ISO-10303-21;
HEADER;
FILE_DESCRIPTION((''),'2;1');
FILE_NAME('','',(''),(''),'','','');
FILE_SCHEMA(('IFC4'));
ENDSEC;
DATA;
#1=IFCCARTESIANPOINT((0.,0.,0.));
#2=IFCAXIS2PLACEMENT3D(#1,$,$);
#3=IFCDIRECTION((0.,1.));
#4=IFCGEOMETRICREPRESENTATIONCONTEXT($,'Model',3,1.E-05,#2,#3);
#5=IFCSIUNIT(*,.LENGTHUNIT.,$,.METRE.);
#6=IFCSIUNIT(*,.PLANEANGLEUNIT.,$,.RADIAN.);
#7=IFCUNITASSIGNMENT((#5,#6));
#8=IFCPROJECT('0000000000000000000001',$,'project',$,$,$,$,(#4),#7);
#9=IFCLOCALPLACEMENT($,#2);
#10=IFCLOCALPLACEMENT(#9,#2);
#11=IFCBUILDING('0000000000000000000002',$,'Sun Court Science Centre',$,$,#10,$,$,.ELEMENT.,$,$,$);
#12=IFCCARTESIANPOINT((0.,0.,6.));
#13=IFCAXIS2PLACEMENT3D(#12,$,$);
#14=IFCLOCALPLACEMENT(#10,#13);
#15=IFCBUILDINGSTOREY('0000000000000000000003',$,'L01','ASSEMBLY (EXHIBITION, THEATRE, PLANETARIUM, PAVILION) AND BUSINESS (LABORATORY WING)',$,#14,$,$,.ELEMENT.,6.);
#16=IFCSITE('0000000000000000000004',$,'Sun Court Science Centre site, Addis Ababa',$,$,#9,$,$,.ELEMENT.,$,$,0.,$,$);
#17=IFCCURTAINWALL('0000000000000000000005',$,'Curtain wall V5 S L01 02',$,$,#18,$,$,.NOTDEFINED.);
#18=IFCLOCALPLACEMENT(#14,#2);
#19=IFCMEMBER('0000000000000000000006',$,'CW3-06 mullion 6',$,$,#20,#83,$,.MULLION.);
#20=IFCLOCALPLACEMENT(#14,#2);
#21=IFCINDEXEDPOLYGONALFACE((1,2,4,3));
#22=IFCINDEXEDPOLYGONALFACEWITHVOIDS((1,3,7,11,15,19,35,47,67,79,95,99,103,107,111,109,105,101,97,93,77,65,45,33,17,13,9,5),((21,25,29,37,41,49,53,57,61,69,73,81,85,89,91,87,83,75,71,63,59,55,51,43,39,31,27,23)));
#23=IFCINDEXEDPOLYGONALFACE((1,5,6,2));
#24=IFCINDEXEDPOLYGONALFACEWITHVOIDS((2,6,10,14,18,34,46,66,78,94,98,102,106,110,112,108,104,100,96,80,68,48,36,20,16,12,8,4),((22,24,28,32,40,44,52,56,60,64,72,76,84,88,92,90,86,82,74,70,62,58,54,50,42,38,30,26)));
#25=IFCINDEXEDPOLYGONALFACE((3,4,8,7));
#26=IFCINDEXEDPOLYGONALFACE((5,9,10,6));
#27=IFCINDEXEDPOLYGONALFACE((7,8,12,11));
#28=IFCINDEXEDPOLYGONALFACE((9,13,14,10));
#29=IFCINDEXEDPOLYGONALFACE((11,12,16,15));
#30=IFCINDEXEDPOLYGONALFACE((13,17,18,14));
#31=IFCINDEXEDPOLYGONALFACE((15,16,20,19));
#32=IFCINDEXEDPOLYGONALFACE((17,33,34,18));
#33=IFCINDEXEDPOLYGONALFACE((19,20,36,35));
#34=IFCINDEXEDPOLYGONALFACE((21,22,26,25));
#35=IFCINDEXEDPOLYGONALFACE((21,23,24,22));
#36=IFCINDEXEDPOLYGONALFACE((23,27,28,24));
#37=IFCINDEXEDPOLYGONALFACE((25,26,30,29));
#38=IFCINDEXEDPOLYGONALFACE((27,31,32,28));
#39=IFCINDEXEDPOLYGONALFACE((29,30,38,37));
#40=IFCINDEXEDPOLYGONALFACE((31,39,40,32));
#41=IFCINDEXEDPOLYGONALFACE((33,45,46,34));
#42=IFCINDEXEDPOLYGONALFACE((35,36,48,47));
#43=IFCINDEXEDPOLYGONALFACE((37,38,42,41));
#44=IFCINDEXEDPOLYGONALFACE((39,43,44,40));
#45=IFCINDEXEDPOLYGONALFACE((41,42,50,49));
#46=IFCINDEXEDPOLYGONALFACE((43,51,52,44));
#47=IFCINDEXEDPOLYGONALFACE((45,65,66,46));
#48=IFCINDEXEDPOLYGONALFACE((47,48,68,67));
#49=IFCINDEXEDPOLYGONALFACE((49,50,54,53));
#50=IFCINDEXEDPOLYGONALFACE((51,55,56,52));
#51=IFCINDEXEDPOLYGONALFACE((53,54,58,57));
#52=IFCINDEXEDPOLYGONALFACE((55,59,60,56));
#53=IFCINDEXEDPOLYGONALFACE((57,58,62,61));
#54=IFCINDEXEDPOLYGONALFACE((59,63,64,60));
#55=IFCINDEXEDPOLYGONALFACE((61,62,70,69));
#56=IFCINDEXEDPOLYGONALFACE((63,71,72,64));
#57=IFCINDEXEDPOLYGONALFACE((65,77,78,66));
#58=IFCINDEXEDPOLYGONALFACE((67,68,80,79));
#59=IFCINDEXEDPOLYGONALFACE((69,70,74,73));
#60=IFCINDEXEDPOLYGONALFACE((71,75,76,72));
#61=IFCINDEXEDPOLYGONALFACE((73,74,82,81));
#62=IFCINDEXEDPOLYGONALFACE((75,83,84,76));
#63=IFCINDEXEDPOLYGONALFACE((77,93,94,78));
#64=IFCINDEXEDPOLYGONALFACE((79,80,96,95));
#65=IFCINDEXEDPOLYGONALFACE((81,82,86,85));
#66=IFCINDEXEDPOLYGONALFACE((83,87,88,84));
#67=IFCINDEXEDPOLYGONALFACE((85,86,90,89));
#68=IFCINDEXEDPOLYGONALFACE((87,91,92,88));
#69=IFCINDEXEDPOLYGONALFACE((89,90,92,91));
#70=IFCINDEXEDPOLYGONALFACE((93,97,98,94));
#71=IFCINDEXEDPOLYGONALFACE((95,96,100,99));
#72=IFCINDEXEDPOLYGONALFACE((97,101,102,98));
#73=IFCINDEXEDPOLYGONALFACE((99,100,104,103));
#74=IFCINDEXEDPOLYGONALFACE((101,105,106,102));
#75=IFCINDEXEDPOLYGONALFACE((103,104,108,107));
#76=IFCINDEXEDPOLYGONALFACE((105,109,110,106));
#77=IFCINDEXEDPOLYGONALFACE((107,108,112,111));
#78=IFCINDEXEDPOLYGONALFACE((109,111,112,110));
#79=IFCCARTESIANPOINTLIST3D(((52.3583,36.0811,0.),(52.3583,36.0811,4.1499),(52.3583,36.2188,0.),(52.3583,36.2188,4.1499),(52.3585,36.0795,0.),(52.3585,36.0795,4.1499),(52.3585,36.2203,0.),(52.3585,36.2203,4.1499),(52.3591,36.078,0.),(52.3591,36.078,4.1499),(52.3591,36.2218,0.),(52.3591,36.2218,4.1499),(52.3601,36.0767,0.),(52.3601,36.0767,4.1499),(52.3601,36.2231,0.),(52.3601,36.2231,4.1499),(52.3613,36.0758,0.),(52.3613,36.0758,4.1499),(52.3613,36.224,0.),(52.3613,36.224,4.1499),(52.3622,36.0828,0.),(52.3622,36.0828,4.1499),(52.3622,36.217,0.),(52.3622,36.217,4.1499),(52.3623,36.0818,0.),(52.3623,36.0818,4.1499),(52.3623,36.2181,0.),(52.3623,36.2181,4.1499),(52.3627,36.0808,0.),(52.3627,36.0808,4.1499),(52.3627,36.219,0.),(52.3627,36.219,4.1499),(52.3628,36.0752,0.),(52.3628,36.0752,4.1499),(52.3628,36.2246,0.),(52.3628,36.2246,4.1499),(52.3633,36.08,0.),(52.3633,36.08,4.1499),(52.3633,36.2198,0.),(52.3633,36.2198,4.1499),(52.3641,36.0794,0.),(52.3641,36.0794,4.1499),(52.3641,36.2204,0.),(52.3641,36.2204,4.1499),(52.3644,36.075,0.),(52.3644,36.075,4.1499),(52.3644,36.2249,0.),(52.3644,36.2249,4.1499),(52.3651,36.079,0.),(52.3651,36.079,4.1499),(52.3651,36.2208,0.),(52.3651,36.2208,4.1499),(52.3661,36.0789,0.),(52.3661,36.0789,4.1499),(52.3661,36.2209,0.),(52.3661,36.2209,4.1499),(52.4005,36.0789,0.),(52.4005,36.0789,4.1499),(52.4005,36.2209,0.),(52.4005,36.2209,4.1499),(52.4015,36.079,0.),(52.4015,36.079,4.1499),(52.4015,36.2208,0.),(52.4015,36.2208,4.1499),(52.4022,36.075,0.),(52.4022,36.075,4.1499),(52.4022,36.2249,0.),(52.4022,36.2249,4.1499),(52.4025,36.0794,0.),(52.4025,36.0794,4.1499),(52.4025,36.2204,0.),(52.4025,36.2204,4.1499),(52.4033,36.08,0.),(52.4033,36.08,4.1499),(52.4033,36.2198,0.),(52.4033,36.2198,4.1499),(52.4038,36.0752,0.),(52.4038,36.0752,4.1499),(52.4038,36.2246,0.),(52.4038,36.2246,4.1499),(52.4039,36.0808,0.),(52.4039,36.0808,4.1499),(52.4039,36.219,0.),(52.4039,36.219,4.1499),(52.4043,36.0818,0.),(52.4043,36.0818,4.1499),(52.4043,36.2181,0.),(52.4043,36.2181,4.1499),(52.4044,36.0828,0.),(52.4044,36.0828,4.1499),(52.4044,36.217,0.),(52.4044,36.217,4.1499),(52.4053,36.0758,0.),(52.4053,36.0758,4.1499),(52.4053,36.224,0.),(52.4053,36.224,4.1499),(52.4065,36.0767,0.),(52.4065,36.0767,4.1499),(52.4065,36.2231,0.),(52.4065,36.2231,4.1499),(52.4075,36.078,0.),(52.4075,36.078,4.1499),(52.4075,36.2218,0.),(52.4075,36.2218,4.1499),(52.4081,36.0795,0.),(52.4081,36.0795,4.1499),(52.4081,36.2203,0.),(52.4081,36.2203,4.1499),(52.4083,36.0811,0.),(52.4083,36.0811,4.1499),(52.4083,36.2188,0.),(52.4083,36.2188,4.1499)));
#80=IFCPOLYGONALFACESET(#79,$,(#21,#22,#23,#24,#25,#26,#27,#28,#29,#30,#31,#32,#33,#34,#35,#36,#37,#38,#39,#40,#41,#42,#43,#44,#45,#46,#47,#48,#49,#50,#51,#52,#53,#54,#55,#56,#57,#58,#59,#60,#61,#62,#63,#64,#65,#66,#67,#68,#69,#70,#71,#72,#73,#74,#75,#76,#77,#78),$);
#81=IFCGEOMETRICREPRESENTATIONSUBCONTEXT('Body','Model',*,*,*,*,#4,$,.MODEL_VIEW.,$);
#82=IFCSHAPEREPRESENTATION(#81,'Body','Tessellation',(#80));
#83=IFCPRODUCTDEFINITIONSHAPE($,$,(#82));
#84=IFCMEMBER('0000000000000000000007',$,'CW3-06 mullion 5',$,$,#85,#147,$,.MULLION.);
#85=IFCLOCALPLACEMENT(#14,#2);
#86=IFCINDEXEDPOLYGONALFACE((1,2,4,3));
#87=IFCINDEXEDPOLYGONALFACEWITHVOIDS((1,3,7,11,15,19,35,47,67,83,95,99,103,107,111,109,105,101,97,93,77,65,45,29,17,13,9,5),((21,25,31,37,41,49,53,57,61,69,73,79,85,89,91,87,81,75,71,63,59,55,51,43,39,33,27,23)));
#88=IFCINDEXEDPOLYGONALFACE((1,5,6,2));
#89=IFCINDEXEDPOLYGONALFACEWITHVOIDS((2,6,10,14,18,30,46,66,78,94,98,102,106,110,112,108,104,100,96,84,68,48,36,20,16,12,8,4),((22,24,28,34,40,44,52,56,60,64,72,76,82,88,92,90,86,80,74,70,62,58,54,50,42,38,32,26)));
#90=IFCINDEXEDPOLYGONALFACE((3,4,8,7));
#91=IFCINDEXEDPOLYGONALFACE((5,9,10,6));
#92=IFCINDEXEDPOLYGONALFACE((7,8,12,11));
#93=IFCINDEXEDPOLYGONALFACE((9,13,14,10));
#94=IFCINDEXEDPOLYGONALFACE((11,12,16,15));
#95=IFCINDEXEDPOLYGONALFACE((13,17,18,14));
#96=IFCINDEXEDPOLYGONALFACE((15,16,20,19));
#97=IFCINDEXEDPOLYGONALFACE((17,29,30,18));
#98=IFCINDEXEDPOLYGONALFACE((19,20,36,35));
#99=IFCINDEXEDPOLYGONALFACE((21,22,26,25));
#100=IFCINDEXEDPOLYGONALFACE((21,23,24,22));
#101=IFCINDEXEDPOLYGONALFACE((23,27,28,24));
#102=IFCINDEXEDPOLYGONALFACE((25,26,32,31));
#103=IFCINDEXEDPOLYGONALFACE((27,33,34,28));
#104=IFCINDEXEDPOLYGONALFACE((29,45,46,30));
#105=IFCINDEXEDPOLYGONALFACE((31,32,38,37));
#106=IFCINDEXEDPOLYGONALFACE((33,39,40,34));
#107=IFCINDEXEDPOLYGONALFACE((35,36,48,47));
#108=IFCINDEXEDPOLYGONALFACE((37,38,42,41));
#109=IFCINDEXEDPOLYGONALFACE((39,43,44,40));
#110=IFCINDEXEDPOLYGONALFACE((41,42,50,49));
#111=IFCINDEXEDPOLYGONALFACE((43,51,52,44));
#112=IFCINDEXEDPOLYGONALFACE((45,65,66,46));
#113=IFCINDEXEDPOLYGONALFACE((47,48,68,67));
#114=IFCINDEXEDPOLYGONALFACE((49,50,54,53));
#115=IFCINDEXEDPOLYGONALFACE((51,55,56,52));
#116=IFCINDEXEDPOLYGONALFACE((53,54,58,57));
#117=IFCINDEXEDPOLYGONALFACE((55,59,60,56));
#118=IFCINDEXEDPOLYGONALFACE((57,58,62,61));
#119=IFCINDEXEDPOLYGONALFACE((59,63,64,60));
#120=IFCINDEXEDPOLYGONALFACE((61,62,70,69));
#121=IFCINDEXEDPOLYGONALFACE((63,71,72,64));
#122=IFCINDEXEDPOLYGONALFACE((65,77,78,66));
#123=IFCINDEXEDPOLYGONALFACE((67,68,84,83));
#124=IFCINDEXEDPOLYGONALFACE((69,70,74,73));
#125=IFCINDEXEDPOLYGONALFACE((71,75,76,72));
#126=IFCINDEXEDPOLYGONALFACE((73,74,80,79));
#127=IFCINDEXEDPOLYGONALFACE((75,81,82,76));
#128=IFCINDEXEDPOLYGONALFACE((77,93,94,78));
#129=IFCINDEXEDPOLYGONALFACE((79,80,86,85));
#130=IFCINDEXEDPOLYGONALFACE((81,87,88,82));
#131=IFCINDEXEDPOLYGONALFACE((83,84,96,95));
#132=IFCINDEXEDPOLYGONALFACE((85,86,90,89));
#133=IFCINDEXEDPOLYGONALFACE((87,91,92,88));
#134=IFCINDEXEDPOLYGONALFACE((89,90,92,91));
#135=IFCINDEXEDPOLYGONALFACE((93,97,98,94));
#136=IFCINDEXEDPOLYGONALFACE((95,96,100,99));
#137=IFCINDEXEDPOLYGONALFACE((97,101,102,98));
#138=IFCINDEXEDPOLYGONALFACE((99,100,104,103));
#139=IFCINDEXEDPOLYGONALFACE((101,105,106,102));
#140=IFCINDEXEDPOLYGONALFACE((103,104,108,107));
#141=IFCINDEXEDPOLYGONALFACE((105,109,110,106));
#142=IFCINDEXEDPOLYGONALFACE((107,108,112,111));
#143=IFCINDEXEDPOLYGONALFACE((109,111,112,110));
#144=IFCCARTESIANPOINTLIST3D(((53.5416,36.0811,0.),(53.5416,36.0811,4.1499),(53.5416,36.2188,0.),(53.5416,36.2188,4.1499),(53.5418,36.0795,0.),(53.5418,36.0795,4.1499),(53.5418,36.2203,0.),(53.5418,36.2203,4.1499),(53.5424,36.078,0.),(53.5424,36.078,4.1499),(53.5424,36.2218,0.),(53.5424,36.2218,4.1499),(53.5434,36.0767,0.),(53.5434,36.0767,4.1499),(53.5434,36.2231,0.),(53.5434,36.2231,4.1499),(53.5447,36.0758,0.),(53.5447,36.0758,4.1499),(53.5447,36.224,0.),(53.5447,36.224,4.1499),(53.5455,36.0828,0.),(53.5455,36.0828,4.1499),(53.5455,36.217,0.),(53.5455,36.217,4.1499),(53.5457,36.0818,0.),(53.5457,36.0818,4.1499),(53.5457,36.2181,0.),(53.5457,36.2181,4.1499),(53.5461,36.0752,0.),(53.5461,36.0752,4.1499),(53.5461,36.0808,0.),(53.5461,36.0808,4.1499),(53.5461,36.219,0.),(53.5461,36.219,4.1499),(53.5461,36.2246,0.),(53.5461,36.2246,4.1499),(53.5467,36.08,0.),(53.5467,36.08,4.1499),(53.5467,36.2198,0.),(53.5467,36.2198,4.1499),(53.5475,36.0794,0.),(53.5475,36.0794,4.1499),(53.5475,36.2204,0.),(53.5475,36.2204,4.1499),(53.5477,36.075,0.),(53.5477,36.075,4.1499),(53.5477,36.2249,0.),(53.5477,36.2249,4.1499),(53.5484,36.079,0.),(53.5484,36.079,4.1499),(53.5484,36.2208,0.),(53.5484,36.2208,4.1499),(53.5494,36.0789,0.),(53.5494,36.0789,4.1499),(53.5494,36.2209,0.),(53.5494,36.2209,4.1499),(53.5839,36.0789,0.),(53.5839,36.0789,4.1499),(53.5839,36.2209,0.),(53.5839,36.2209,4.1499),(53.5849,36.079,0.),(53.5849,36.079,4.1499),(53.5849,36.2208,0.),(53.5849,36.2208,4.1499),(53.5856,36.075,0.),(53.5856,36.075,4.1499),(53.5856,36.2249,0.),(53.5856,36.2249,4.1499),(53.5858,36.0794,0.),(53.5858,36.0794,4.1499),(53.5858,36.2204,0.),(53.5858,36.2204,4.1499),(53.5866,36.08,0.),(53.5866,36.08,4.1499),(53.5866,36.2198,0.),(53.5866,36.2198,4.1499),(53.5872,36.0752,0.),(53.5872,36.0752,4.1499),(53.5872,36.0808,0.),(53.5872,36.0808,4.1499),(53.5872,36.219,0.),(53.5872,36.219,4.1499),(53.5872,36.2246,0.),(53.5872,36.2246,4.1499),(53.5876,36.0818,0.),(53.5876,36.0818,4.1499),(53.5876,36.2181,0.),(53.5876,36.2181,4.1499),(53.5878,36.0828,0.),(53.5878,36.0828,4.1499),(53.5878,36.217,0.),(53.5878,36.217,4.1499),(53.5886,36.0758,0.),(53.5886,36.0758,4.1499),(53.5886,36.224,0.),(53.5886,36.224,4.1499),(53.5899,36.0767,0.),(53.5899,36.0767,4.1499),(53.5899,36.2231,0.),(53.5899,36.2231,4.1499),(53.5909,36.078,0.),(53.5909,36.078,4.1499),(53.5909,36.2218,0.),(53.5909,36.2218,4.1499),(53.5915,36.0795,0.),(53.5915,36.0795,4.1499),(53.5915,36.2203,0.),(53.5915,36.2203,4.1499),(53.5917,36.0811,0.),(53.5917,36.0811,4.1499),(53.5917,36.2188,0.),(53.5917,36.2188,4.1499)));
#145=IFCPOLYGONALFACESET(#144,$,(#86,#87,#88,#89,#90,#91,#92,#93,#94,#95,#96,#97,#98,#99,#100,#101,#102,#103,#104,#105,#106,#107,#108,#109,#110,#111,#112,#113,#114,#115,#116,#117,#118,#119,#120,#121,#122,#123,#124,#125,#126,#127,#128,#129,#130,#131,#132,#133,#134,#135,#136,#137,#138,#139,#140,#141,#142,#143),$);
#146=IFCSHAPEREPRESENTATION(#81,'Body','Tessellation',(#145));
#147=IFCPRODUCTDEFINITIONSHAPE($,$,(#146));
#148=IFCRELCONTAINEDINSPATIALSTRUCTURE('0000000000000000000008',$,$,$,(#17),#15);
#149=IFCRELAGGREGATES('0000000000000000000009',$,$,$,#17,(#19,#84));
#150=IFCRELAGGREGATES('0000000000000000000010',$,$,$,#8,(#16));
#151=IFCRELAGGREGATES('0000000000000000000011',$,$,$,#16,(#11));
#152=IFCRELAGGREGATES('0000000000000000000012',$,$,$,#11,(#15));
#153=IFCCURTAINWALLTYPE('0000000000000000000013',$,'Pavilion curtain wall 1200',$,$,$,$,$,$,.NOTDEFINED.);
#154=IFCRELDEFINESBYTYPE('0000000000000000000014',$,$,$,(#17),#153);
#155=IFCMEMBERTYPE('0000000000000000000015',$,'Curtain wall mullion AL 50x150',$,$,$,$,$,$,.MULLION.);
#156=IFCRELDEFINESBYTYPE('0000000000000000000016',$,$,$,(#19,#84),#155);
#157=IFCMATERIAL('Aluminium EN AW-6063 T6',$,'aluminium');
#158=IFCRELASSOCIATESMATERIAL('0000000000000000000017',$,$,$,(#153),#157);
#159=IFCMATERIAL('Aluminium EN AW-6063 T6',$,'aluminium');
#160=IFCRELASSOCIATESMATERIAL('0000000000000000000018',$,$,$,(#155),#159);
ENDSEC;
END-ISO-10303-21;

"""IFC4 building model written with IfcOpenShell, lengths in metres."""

from ifc_helpers import new_model, si_unit, direction, frame, origin, origin_2d, place, context, subcontext, project, spatial, hollow_rectangle, extrude, material, material_profile, profile_set, type_object, element, aggregate, save


model = new_model("IFC4")

# Units and contexts
model_context = context("Model", 3, precision=1e-05, world=origin(), true_north=direction((0.0, 1.0)))
body_context = subcontext(model_context, "Body", "Model", "MODEL_VIEW")
ifc_project = project(units=[si_unit("LENGTHUNIT", "METRE"), si_unit("PLANEANGLEUNIT", "RADIAN")], contexts=[model_context])

# Site, building, storey
site_placement = place(None, origin())
site = spatial("IfcSite", under=ifc_project, at=site_placement, Name="Sun Court Science Centre site, Addis Ababa", CompositionType="ELEMENT", RefElevation=0.0)
building_placement = place(site_placement, origin())
building = spatial("IfcBuilding", under=site, at=building_placement, Name="Sun Court Science Centre", CompositionType="ELEMENT")
storey_placement = place(building_placement, frame((0.0, 0.0, 6.0)))
storey = spatial("IfcBuildingStorey", under=building, at=storey_placement, Name="L01", Description="ASSEMBLY (EXHIBITION, THEATRE, PLANETARIUM, PAVILION) AND BUSINESS (LABORATORY WING)", CompositionType="ELEMENT", Elevation=6.0)

# Curtain wall, members
ifc_material_1 = material(Name="Aluminium EN AW-6063 T6", Category="aluminium")
curtain_wall_type = type_object("IfcCurtainWallType", Name="Pavilion curtain wall 1200", PredefinedType="NOTDEFINED", material=ifc_material_1)
curtain_wall_placement = place(storey_placement, origin())
curtain_wall = element("IfcCurtainWall", 1, at=curtain_wall_placement, inside=storey, type_object=curtain_wall_type, Name="Curtain wall V5 S L01 02", PredefinedType="NOTDEFINED")
ifc_material_2 = material(Name="Aluminium EN AW-6063 T6", Category="aluminium")
ifc_material_profile_1 = material_profile(ifc_material_2, hollow_rectangle(XDim=0.05, YDim=0.1499, WallThickness=0.0039, InnerFilletRadius=0.0039, OuterFilletRadius=0.0061, at=origin_2d()), Name="AL 50x150x4")
ifc_profile_set_1 = profile_set([ifc_material_profile_1], Name="Aluminium EN AW-6063 T6")
member_type_1 = type_object("IfcMemberType", Name="Curtain wall mullion AL 50x150", PredefinedType="MULLION", material=ifc_profile_set_1)
member_1_placement = place(storey_placement, frame((52.3833, 36.1499, 0.0), z_axis=(0.0, 0.0, 1.0), x_axis=(-1.0, 0.0, 0.0)))
member_1 = element("IfcMember", 2, at=member_1_placement, type_object=member_type_1, Name="CW3-06 mullion 6", PredefinedType="MULLION", context=body_context, shape_type="SweptSolid", body=[
    extrude(hollow_rectangle(XDim=0.05, YDim=0.1499, WallThickness=0.0039, InnerFilletRadius=0.0039, OuterFilletRadius=0.0061, at=origin_2d()), origin(), (0.0, 0.0, 1.0), 4.1499),
])
member_2_placement = place(storey_placement, frame((53.5667, 36.1499, 0.0), z_axis=(0.0, 0.0, 1.0), x_axis=(-1.0, 0.0, 0.0)))
member_2 = element("IfcMember", 3, at=member_2_placement, type_object=member_type_1, Name="CW3-06 mullion 5", PredefinedType="MULLION", context=body_context, shape_type="SweptSolid", body=[
    extrude(hollow_rectangle(XDim=0.05, YDim=0.1499, WallThickness=0.0039, InnerFilletRadius=0.0039, OuterFilletRadius=0.0061, at=origin_2d()), origin(), (0.0, 0.0, 1.0), 4.1499),
])
aggregate(curtain_wall, [member_1, member_2])

save(model, "model.ifc")
